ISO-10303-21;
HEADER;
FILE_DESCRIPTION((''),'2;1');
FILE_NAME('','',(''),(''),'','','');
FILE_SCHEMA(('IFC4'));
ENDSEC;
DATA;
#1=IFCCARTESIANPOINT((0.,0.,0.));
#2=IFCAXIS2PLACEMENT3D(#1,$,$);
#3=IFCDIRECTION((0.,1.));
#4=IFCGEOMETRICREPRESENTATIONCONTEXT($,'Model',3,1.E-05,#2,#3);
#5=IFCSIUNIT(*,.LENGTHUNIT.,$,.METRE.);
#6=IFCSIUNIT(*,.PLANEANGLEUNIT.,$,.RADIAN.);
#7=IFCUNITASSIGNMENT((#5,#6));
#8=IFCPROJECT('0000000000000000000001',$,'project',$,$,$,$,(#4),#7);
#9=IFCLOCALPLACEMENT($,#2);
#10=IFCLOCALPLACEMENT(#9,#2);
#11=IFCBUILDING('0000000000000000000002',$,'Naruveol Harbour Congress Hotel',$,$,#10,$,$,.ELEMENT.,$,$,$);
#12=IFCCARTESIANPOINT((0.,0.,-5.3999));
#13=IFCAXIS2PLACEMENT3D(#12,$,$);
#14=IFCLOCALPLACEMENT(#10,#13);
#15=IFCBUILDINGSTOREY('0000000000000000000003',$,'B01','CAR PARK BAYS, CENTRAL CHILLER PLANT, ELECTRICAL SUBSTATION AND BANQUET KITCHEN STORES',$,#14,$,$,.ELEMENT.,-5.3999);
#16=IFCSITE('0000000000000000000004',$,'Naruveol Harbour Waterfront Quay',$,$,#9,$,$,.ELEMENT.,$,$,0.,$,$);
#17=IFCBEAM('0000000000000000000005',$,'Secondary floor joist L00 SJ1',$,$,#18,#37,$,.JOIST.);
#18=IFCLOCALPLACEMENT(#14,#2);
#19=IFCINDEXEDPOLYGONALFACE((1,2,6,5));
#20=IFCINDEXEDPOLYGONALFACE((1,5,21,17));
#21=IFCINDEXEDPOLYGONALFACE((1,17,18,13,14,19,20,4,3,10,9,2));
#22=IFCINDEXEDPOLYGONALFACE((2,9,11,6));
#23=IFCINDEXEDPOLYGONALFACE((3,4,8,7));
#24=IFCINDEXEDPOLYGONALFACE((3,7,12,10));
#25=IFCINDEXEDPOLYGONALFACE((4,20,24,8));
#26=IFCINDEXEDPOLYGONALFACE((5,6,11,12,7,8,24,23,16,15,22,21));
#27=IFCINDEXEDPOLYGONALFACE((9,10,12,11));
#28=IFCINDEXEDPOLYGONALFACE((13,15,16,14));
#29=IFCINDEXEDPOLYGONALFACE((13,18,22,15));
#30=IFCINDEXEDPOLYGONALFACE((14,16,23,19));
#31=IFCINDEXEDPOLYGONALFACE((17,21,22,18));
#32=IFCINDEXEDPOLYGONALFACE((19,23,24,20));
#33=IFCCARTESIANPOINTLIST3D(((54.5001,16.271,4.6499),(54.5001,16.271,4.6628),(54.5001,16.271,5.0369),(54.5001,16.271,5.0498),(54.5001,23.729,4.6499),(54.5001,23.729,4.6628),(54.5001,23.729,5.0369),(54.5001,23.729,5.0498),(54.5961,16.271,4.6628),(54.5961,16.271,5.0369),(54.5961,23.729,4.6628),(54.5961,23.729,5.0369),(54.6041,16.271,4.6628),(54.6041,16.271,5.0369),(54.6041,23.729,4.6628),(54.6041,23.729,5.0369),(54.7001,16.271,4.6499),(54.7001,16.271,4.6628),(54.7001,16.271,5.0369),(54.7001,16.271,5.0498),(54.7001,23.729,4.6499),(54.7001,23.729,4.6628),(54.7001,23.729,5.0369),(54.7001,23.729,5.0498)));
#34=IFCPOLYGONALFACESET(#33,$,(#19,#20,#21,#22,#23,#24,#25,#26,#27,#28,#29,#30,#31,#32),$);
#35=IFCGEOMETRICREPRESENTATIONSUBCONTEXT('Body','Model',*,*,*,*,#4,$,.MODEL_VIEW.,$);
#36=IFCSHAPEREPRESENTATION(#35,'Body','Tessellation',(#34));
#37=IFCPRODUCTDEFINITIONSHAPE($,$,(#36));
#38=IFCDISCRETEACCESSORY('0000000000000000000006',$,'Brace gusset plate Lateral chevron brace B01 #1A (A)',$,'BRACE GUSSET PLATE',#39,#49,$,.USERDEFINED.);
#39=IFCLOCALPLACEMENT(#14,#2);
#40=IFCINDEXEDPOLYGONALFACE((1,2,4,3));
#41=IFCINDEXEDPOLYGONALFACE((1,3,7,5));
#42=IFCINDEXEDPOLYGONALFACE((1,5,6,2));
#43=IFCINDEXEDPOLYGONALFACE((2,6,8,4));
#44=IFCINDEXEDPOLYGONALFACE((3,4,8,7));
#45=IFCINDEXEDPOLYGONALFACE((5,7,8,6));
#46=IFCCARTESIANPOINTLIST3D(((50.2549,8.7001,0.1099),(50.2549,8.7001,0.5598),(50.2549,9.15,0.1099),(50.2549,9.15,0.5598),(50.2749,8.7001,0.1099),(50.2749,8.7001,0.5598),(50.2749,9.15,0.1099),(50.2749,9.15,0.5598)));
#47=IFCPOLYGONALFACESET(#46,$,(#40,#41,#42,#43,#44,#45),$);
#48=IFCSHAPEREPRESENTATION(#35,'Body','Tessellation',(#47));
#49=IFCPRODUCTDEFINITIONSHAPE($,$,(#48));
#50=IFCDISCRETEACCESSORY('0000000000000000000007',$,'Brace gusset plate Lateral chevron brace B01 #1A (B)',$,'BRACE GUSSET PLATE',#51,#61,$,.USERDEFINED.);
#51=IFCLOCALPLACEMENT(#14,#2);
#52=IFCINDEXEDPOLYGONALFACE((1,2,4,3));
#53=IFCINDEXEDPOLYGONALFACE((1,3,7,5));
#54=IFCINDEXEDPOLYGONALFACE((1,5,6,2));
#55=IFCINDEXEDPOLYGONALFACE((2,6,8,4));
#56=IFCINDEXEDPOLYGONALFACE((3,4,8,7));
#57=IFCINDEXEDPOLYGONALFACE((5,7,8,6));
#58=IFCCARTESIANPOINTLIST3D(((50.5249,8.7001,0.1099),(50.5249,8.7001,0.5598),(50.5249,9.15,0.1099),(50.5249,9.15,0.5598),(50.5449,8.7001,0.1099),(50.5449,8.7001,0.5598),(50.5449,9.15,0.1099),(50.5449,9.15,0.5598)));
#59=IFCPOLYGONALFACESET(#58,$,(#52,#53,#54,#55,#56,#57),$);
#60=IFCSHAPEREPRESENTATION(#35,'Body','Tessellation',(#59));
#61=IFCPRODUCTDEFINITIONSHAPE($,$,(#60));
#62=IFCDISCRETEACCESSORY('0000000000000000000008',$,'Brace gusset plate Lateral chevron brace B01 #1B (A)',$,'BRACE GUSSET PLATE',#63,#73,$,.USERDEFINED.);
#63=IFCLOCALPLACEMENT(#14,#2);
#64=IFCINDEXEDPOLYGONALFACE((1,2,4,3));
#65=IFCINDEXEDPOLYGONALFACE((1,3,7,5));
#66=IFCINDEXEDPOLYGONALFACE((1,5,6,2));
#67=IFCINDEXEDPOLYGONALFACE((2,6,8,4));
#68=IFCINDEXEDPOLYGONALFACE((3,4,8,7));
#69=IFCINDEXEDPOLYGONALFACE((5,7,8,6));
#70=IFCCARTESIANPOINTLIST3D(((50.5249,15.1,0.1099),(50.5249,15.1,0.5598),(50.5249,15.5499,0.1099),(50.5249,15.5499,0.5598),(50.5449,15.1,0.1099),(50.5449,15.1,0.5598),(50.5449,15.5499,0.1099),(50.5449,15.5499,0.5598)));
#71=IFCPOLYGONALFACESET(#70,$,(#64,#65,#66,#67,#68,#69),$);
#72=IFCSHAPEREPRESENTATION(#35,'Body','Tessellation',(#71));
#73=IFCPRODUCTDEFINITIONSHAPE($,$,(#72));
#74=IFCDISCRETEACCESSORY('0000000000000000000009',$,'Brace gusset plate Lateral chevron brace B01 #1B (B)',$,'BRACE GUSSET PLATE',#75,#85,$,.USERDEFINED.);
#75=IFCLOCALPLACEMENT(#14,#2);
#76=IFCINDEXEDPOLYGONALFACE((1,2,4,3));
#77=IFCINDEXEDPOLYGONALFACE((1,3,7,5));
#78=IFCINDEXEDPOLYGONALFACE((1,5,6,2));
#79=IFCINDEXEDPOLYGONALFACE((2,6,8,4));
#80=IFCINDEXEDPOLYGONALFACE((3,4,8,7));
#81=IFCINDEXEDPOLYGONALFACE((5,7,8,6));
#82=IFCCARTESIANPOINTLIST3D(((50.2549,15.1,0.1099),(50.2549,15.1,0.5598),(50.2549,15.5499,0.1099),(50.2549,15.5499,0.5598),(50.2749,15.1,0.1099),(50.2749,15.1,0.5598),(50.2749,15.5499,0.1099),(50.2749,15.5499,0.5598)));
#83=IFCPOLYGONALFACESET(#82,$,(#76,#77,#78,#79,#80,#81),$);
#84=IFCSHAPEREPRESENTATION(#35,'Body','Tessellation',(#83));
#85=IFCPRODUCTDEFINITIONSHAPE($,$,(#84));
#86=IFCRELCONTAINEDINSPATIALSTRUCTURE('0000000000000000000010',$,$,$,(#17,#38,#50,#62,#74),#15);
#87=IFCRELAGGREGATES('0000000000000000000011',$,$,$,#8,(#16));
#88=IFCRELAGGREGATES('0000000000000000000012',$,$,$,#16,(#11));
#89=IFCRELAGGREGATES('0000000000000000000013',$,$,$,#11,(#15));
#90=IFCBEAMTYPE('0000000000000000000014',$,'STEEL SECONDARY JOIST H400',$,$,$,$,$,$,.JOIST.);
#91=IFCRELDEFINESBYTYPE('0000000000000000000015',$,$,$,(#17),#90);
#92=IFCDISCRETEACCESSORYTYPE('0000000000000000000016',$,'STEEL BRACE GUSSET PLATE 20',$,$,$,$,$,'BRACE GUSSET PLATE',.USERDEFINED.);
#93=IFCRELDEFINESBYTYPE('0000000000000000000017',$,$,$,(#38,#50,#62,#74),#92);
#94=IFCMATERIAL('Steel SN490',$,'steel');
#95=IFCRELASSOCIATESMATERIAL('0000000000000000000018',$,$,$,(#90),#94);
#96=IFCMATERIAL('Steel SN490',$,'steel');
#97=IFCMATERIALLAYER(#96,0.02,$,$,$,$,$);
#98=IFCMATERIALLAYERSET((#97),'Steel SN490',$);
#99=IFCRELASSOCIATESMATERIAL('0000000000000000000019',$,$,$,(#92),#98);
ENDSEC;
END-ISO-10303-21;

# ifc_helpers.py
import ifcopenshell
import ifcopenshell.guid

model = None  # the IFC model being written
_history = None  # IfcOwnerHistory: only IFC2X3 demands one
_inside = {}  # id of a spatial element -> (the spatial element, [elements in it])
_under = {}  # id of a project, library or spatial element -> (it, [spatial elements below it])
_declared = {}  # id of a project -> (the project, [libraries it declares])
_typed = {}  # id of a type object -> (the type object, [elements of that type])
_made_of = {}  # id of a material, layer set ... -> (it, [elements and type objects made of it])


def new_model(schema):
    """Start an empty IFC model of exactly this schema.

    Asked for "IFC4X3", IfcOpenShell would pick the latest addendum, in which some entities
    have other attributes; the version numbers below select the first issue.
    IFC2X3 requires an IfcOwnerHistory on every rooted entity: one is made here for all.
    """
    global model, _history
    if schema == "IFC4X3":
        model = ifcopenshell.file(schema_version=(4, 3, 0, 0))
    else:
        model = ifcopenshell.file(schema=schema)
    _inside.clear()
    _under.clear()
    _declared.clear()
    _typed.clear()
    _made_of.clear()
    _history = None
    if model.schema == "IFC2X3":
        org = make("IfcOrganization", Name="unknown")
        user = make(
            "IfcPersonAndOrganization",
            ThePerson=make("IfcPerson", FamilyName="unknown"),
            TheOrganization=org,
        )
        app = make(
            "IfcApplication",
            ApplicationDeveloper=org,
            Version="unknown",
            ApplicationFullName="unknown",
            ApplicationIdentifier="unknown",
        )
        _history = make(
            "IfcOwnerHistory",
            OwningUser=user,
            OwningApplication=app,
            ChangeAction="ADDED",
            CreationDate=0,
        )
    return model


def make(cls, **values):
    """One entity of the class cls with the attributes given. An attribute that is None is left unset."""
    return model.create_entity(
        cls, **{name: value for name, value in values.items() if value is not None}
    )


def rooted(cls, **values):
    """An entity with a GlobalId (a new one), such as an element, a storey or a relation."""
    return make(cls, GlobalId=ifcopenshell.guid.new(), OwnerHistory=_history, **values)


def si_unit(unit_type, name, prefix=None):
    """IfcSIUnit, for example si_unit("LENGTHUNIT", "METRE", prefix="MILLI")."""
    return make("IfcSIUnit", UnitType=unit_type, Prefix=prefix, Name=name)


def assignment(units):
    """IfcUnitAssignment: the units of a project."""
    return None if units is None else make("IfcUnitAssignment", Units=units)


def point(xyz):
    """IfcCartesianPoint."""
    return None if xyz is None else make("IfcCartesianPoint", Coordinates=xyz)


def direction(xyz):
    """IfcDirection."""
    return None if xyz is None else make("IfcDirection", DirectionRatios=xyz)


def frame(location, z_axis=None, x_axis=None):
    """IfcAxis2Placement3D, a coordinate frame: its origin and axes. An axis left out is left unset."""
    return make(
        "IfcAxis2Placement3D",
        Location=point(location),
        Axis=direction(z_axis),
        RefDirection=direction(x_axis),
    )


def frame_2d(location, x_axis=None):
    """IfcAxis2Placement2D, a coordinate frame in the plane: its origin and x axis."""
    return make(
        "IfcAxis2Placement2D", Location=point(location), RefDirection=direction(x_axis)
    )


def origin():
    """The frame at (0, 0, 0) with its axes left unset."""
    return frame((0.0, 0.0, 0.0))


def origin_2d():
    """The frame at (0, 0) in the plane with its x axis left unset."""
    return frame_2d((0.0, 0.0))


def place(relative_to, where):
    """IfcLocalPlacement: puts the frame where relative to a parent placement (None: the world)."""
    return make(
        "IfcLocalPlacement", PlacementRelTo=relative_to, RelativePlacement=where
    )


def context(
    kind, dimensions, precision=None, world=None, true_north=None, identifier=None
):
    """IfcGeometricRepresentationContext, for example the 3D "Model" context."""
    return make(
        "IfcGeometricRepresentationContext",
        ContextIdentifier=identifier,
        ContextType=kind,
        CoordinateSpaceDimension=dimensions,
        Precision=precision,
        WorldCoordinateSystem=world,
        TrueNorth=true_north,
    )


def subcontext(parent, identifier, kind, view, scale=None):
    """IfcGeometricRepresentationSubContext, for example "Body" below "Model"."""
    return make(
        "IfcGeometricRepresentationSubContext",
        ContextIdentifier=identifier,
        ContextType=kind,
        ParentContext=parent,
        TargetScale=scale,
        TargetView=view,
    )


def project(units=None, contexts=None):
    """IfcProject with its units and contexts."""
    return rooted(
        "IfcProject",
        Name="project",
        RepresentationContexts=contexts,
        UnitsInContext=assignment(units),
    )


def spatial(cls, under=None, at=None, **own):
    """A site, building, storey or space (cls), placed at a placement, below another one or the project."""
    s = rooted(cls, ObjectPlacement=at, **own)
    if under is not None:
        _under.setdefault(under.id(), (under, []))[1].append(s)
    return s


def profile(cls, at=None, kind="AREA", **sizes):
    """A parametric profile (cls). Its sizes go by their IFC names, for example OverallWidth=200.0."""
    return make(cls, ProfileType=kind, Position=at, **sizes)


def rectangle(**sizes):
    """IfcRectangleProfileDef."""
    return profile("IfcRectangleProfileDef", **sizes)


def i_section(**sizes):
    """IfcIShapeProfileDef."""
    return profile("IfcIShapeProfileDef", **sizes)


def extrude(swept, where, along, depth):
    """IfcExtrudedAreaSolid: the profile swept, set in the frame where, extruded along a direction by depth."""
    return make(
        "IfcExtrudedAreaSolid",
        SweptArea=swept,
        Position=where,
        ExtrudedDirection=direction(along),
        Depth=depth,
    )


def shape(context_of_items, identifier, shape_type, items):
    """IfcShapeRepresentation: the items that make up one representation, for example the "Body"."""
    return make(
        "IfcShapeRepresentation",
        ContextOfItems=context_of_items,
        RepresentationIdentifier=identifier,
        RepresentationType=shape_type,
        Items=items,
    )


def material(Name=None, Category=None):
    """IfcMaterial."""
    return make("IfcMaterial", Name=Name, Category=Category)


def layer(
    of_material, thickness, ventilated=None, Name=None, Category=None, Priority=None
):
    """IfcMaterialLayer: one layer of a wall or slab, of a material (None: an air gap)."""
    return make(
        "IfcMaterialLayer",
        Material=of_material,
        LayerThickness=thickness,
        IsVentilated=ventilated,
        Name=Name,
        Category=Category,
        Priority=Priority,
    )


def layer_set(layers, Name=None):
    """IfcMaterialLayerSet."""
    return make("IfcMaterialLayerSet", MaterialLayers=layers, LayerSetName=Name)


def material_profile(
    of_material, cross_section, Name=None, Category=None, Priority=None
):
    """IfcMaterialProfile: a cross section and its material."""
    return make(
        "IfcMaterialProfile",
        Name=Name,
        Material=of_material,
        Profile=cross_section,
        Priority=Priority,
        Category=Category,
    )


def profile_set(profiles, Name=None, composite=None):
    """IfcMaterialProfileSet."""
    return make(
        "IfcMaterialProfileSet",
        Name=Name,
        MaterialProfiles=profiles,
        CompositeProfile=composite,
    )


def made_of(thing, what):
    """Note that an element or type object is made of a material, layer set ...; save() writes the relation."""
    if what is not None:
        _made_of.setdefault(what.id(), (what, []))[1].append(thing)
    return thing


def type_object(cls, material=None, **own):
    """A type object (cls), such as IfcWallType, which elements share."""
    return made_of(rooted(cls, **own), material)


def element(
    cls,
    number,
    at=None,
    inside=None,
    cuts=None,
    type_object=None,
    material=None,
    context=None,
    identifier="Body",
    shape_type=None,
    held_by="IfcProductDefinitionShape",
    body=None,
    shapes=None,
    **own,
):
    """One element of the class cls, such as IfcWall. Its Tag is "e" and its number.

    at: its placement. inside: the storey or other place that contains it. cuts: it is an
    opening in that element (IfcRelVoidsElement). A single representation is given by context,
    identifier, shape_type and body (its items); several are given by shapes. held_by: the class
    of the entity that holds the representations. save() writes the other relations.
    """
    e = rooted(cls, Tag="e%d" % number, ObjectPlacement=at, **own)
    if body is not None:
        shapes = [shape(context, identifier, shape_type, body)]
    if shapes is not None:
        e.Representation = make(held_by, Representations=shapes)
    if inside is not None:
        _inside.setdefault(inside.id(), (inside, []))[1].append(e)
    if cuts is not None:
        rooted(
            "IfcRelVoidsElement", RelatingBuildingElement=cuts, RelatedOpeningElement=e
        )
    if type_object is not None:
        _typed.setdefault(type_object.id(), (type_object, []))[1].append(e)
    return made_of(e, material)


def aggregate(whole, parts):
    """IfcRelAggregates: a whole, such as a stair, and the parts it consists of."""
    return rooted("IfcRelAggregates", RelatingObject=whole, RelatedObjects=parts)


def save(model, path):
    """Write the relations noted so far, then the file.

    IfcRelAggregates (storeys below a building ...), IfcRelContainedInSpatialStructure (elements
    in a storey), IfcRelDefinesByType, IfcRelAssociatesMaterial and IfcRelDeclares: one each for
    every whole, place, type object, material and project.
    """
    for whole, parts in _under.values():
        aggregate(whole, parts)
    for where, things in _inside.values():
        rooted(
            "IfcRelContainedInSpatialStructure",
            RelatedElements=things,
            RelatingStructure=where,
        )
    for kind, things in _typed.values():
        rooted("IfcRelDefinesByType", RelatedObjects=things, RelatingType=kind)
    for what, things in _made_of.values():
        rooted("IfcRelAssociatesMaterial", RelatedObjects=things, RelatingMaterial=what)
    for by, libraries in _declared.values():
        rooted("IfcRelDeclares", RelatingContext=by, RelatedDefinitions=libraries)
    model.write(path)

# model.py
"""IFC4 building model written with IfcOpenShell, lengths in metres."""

from ifc_helpers import new_model, si_unit, direction, frame, origin, origin_2d, place, context, subcontext, project, spatial, rectangle, i_section, extrude, material, layer, layer_set, material_profile, profile_set, type_object, element, save


model = new_model("IFC4")

# Units and contexts
model_context = context("Model", 3, precision=1e-05, world=origin(), true_north=direction((0.0, 1.0)))
body_context = subcontext(model_context, "Body", "Model", "MODEL_VIEW")
ifc_project = project(units=[si_unit("LENGTHUNIT", "METRE"), si_unit("PLANEANGLEUNIT", "RADIAN")], contexts=[model_context])

# Site, building, storey
site_placement = place(None, origin())
site = spatial("IfcSite", under=ifc_project, at=site_placement, Name="Naruveol Harbour Waterfront Quay", CompositionType="ELEMENT", RefElevation=0.0)
building_placement = place(site_placement, origin())
building = spatial("IfcBuilding", under=site, at=building_placement, Name="Naruveol Harbour Congress Hotel", CompositionType="ELEMENT")
storey_placement = place(building_placement, frame((0.0, 0.0, -5.3999)))
storey = spatial("IfcBuildingStorey", under=building, at=storey_placement, Name="B01", Description="CAR PARK BAYS, CENTRAL CHILLER PLANT, ELECTRICAL SUBSTATION AND BANQUET KITCHEN STORES", CompositionType="ELEMENT", Elevation=-5.3999)

# Beam
ifc_material_1 = material(Name="Steel SN490", Category="steel")
ifc_material_profile_1 = material_profile(ifc_material_1, i_section(OverallWidth=0.2, OverallDepth=0.3999, WebThickness=0.0081, FlangeThickness=0.0129, at=origin_2d()), Name="H-400x200x8x13")
ifc_profile_set_1 = profile_set([ifc_material_profile_1], Name="Steel SN490")
beam_type_1 = type_object("IfcBeamType", Name="STEEL SECONDARY JOIST H400", PredefinedType="JOIST", material=ifc_profile_set_1)
beam_1_placement = place(storey_placement, frame((54.6001, 16.271, 4.8499), z_axis=(0.0, 1.0, 0.0), x_axis=(-1.0, 0.0, 0.0)))
element("IfcBeam", 1, at=beam_1_placement, inside=storey, type_object=beam_type_1, Name="Secondary floor joist L00 SJ1", PredefinedType="JOIST", context=body_context, shape_type="SweptSolid", body=[
    extrude(i_section(OverallWidth=0.2, OverallDepth=0.3999, WebThickness=0.0081, FlangeThickness=0.0129, at=origin_2d()), origin(), (0.0, 0.0, 1.0), 7.458),
])

# Discrete accessories
ifc_material_2 = material(Name="Steel SN490", Category="steel")
ifc_layer = layer(ifc_material_2, 0.02)
ifc_layer_set = layer_set([ifc_layer], Name="Steel SN490")
discrete_accessory_type = type_object("IfcDiscreteAccessoryType", Name="STEEL BRACE GUSSET PLATE 20", ElementType="BRACE GUSSET PLATE", PredefinedType="USERDEFINED", material=ifc_layer_set)
for number, where, z_axis, x_axis, name in (
    (2, (50.2649, 8.925, 0.1099), (0.0, 0.0, 1.0), (0.0, 1.0, 0.0), "Brace gusset plate Lateral chevron brace B01 #1A (A)"),
    (3, (50.5349, 8.925, 0.1099), (0.0, 0.0, 1.0), (0.0, 1.0, 0.0), "Brace gusset plate Lateral chevron brace B01 #1A (B)"),
    (4, (50.5349, 15.325, 0.1099), (0.0, 0.0, 1.0), (0.0, -1.0, 0.0), "Brace gusset plate Lateral chevron brace B01 #1B (A)"),
    (5, (50.2649, 15.325, 0.1099), (0.0, 0.0, 1.0), (0.0, -1.0, 0.0), "Brace gusset plate Lateral chevron brace B01 #1B (B)"),
):
    element("IfcDiscreteAccessory", number, at=place(storey_placement, frame(where, z_axis=z_axis, x_axis=x_axis)), inside=storey, type_object=discrete_accessory_type, Name=name, ObjectType="BRACE GUSSET PLATE", PredefinedType="USERDEFINED", context=body_context, shape_type="SweptSolid", body=[
        extrude(rectangle(XDim=0.45, YDim=0.02, at=origin_2d()), origin(), (0.0, 0.0, 1.0), 0.45),
    ])

save(model, "model.ifc")
